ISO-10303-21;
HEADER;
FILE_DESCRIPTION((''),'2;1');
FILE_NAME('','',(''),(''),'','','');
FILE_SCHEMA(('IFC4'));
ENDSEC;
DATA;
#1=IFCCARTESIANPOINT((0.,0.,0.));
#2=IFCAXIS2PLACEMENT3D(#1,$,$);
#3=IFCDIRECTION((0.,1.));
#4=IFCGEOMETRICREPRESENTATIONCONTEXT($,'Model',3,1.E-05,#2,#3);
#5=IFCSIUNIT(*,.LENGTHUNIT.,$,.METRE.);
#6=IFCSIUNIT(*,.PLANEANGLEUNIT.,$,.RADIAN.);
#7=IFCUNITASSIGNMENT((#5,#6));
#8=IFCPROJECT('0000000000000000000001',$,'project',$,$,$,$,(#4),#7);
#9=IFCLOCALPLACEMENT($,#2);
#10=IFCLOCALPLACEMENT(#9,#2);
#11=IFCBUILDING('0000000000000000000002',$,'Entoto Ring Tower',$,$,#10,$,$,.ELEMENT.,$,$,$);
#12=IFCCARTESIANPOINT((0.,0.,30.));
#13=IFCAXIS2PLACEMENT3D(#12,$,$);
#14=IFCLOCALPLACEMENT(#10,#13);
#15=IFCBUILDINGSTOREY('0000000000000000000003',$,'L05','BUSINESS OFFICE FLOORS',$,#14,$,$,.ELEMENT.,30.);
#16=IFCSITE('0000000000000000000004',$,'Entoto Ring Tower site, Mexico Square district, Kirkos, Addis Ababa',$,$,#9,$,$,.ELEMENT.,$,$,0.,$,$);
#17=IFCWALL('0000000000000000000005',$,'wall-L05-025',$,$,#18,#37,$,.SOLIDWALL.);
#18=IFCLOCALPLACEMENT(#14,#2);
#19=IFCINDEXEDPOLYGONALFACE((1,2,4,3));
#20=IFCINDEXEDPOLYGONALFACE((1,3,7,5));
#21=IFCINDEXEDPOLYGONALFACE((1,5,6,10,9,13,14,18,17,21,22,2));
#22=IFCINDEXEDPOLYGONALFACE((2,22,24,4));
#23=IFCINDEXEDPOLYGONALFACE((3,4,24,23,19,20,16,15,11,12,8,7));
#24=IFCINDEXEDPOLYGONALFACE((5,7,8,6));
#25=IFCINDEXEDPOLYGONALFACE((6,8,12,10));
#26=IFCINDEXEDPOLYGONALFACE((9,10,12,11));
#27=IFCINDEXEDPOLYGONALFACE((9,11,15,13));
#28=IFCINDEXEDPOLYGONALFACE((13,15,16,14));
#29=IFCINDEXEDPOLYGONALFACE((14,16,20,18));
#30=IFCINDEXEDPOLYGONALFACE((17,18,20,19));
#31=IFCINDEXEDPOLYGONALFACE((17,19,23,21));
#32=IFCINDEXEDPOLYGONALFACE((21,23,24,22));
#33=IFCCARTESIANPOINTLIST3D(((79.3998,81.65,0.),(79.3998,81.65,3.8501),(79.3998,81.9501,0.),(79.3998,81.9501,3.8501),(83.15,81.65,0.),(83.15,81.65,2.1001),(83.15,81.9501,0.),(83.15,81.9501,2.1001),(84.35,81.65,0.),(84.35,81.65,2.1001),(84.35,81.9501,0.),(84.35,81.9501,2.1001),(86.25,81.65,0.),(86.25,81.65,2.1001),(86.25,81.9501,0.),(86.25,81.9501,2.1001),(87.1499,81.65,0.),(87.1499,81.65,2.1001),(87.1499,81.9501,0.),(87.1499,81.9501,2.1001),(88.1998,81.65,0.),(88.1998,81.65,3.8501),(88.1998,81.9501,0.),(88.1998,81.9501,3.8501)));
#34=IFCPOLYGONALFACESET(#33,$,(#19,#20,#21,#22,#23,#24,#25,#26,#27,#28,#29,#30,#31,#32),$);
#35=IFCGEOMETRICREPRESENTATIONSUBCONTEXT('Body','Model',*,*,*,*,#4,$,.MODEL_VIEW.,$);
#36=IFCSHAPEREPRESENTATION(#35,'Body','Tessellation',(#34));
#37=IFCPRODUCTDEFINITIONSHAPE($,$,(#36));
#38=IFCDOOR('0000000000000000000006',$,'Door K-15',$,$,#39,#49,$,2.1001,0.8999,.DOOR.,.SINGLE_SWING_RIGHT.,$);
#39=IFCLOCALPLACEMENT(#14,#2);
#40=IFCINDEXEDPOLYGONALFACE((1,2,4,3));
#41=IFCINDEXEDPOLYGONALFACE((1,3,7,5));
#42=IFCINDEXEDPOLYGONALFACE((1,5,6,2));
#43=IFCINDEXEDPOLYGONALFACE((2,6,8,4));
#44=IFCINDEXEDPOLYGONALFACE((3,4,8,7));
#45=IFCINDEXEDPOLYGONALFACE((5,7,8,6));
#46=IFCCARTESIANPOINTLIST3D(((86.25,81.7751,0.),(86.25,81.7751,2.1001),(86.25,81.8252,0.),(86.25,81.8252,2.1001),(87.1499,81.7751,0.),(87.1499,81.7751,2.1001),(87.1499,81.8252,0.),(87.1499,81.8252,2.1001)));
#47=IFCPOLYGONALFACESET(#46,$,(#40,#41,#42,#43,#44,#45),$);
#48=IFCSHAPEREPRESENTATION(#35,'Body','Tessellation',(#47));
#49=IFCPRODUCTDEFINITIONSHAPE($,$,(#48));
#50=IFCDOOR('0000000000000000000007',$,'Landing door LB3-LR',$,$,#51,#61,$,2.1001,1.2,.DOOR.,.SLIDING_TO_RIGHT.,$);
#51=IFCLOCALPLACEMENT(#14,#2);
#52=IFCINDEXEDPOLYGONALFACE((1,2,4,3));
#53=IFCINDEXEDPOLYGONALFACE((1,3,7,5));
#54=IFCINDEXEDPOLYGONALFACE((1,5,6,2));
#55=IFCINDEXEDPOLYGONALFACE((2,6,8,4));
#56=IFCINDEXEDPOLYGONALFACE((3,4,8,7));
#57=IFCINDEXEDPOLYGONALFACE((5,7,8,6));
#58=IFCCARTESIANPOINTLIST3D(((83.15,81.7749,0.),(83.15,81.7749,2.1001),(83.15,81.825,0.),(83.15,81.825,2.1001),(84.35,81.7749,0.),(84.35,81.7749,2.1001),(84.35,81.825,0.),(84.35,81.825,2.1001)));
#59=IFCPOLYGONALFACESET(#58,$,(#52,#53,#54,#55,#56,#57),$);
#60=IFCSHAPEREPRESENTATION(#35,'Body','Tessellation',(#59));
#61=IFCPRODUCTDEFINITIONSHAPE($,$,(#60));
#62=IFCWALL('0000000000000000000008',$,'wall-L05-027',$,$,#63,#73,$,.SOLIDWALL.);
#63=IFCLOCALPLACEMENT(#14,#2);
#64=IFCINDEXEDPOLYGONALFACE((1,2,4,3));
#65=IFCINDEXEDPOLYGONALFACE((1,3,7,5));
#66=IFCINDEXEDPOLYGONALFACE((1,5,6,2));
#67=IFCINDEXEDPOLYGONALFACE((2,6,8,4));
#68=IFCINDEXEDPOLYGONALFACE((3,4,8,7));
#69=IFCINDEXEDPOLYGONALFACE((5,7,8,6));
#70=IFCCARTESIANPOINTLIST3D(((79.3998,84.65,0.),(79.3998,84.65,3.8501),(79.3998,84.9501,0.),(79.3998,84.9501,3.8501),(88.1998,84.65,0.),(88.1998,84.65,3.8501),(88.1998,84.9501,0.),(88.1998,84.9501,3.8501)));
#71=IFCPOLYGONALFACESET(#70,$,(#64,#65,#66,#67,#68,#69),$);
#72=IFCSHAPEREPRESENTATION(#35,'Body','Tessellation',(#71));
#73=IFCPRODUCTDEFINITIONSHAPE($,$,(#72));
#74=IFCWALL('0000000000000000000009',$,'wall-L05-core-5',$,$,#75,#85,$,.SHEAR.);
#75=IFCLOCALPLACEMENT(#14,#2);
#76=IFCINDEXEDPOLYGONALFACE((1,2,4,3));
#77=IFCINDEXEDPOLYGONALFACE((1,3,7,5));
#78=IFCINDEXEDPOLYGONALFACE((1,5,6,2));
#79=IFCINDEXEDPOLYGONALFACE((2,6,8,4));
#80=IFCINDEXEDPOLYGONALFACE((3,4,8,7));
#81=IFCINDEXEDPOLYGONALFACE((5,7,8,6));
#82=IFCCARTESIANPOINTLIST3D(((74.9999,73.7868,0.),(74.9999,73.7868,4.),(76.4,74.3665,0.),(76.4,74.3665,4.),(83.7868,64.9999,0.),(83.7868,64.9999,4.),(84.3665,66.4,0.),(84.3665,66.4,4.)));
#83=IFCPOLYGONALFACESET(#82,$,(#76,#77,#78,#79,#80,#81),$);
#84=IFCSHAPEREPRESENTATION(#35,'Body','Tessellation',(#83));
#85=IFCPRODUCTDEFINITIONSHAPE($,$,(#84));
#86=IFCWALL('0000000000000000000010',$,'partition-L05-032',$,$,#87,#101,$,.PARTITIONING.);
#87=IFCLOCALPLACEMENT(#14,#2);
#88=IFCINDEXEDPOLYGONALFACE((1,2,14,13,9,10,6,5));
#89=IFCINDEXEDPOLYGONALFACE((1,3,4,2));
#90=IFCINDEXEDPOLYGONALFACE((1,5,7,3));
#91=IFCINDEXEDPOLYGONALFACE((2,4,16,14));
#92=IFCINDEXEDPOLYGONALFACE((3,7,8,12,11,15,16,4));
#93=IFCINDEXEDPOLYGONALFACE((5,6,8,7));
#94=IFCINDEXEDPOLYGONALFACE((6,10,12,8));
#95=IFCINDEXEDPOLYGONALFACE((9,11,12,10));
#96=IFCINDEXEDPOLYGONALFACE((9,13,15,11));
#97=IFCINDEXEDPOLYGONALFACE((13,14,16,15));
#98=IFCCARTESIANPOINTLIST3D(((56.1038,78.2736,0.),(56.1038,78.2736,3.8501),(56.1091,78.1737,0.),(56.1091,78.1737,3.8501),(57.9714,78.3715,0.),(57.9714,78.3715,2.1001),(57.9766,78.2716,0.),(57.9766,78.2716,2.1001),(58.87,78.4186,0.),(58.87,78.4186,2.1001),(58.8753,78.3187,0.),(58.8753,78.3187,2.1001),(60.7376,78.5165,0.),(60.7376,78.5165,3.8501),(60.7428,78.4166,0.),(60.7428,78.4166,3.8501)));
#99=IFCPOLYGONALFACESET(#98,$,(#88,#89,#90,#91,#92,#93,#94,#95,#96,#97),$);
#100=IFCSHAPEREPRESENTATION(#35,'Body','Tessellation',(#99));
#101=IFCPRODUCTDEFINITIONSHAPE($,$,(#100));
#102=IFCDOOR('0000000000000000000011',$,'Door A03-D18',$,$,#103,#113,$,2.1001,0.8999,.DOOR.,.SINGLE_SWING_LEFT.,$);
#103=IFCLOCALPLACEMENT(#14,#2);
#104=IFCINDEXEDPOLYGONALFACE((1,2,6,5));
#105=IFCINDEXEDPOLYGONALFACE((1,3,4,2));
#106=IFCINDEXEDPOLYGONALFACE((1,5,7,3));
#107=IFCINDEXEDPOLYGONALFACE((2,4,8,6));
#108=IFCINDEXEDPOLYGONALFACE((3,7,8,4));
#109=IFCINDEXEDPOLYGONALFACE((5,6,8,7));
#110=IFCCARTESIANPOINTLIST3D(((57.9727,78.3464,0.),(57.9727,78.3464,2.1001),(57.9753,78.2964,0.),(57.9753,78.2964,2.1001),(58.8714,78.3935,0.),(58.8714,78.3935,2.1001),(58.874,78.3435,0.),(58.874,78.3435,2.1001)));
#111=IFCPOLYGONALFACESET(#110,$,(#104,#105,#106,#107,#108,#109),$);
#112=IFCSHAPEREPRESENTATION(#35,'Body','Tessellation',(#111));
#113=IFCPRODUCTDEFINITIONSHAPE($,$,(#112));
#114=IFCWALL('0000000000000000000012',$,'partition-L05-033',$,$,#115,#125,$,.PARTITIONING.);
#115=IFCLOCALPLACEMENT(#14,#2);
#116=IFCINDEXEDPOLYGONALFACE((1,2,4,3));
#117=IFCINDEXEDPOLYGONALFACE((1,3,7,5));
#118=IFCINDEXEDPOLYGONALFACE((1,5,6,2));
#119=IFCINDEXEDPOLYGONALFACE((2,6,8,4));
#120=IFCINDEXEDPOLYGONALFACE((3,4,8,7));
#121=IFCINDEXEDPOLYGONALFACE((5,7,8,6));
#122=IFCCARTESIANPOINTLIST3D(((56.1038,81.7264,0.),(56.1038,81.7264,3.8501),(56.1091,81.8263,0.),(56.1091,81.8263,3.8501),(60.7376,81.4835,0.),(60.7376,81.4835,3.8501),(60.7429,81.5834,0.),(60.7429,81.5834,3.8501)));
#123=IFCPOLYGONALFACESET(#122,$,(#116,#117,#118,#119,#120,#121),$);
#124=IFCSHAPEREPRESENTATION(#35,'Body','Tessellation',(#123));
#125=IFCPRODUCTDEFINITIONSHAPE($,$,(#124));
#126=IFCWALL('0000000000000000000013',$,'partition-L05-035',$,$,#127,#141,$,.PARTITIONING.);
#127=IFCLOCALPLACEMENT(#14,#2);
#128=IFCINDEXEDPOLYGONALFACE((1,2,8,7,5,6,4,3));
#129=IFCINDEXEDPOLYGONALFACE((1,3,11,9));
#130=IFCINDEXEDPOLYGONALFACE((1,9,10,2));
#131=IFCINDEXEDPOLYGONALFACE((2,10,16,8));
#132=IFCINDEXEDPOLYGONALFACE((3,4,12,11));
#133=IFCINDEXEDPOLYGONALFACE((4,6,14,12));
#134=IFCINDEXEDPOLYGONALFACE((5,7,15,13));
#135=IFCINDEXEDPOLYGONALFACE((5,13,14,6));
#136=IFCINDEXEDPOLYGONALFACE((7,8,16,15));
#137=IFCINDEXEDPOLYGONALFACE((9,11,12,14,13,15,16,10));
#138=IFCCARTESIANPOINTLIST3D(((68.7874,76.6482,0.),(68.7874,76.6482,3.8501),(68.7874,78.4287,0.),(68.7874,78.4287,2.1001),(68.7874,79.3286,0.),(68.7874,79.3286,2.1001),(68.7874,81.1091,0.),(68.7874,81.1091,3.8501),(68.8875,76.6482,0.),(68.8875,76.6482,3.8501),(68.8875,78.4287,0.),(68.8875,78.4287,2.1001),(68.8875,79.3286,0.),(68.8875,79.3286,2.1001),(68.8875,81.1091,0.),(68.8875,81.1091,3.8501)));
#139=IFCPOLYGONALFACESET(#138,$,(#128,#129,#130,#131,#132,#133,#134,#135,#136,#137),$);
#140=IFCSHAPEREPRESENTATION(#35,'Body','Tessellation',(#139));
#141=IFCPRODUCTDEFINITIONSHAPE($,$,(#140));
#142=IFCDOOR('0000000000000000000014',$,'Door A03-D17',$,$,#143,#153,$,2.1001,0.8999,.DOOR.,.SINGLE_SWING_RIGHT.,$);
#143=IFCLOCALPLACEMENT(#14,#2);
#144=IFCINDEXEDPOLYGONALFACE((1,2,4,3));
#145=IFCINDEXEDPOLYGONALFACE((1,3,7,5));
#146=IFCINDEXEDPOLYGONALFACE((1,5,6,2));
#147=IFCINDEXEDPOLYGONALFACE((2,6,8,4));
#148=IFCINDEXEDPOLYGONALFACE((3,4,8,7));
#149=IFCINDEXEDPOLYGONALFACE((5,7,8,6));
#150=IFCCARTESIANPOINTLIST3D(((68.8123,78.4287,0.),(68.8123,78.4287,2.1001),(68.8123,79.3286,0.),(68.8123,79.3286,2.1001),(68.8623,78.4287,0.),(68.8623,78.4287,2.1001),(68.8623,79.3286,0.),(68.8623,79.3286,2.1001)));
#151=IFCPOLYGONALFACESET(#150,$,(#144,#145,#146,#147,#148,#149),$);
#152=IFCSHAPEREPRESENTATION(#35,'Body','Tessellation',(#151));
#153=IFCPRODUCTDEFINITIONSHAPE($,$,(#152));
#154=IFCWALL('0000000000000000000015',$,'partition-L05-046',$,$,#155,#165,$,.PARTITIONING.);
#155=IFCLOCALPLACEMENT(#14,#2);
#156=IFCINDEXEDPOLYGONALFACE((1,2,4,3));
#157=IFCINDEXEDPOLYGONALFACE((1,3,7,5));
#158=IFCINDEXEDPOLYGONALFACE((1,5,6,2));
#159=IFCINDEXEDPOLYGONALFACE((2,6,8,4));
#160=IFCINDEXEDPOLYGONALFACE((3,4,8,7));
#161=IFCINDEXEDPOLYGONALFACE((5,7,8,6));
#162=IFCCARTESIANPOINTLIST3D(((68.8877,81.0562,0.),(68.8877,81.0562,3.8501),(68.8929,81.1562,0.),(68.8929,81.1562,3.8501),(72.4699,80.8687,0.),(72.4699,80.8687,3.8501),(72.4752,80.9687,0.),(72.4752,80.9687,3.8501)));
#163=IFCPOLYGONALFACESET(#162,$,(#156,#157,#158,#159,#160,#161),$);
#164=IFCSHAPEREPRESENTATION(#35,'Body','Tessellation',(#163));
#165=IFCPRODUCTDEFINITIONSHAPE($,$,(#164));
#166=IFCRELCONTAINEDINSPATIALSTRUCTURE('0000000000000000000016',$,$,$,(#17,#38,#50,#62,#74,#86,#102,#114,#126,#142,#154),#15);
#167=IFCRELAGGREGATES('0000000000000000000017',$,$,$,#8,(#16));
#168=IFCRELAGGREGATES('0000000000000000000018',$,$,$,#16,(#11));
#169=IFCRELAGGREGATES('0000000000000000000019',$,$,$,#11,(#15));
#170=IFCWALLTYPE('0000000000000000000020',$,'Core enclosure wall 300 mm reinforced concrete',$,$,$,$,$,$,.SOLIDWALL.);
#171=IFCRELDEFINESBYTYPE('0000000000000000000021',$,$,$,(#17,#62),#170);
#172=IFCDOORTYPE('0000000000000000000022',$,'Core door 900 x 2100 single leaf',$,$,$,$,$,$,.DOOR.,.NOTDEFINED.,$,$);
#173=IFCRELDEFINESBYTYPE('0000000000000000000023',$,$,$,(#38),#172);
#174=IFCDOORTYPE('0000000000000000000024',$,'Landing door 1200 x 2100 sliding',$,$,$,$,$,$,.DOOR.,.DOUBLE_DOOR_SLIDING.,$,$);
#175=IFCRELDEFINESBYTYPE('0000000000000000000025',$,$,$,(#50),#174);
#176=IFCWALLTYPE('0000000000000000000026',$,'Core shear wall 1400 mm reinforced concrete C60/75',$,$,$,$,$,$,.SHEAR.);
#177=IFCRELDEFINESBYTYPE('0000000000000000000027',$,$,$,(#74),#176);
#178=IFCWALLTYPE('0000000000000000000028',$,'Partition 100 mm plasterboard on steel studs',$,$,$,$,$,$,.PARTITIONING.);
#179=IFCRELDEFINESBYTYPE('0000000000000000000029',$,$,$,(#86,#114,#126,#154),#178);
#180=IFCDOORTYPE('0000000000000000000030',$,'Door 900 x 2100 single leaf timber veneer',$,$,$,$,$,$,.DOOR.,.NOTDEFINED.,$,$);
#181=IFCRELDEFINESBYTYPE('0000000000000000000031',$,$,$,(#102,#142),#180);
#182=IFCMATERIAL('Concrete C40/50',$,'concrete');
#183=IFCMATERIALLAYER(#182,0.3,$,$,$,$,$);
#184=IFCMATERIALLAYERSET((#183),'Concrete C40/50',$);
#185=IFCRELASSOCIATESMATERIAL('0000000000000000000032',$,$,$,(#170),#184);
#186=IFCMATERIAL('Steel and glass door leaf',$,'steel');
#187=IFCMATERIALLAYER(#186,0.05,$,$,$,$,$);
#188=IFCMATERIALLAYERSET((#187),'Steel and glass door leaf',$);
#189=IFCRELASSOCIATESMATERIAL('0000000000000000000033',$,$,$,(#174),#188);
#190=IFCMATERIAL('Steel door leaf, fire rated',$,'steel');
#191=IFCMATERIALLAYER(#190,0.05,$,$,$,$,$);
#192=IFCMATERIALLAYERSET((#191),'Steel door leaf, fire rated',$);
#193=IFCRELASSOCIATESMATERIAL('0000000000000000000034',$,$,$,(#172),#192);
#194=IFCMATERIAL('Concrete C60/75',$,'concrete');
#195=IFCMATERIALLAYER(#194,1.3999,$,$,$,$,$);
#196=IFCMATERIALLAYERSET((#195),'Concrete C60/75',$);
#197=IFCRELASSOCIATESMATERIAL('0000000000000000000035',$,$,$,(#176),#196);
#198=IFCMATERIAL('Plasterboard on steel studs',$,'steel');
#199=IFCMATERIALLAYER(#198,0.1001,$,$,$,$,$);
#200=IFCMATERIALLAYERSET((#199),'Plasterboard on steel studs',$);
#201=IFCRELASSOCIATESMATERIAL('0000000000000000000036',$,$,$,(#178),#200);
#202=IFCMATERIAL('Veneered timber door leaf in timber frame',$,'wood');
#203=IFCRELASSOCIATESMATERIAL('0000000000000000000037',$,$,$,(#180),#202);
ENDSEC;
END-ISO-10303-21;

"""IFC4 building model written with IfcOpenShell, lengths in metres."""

from ifc_helpers import new_model, si_unit, direction, frame, frame_2d, origin, place, context, subcontext, project, spatial, polyline, rectangle, outline, extrude, material, layer, layer_set, type_object, element, fill, save


model = new_model("IFC4")

# Units and contexts
model_context = context("Model", 3, precision=1e-05, world=origin(), true_north=direction((0.0, 1.0)))
body_context = subcontext(model_context, "Body", "Model", "MODEL_VIEW")
ifc_project = project(units=[si_unit("LENGTHUNIT", "METRE"), si_unit("PLANEANGLEUNIT", "RADIAN")], contexts=[model_context])

# Site, building, storey
site_placement = place(None, origin())
site = spatial("IfcSite", under=ifc_project, at=site_placement, Name="Entoto Ring Tower site, Mexico Square district, Kirkos, Addis Ababa", CompositionType="ELEMENT", RefElevation=0.0)
building_placement = place(site_placement, origin())
building = spatial("IfcBuilding", under=site, at=building_placement, Name="Entoto Ring Tower", CompositionType="ELEMENT")
storey_placement = place(building_placement, frame((0.0, 0.0, 30.0)))
storey = spatial("IfcBuildingStorey", under=building, at=storey_placement, Name="L05", Description="BUSINESS OFFICE FLOORS", CompositionType="ELEMENT", Elevation=30.0)

# Shared definitions
ifc_material_1 = material(Name="Concrete C40/50", Category="concrete")
ifc_layer_1 = layer(ifc_material_1, 0.3)
ifc_layer_set_1 = layer_set([ifc_layer_1], Name="Concrete C40/50")
wall_type_1 = type_object("IfcWallType", Name="Core enclosure wall 300 mm reinforced concrete", PredefinedType="SOLIDWALL", material=ifc_layer_set_1)

# Shared definitions
ifc_material_2 = material(Name="Steel and glass door leaf", Category="steel")
ifc_layer_2 = layer(ifc_material_2, 0.05)
ifc_layer_set_2 = layer_set([ifc_layer_2], Name="Steel and glass door leaf")
door_type_1 = type_object("IfcDoorType", Name="Landing door 1200 x 2100 sliding", OperationType="DOUBLE_DOOR_SLIDING", PredefinedType="DOOR", material=ifc_layer_set_2)

# Wall, openings, doors
wall_1_placement = place(storey_placement, frame((79.3999, 81.8, 0.0), z_axis=(0.0, 0.0, 1.0), x_axis=(1.0, 0.0, 0.0)))
wall_1 = element("IfcWall", 1, at=wall_1_placement, inside=storey, type_object=wall_type_1, Name="wall-L05-025", PredefinedType="SOLIDWALL", context=body_context, shape_type="SweptSolid", body=[
    extrude(rectangle(XDim=8.8, YDim=0.3, at=frame_2d((4.3999, 0.0))), origin(), (0.0, 0.0, 1.0), 3.8501),
])
opening_1_placement = place(wall_1_placement, frame((3.75, 0.0, 0.0)))
opening_1 = element("IfcOpeningElement", 2, at=opening_1_placement, cuts=wall_1, PredefinedType="OPENING", context=body_context, shape_type="SweptSolid", body=[
    extrude(rectangle(XDim=1.2, YDim=2.1001, at=frame_2d((0.6001, 1.05))), frame((0.0, 0.1602, 0.0), z_axis=(0.0, -1.0, 0.0), x_axis=(1.0, 0.0, 0.0)), (0.0, 0.0, 1.0), 0.3201),
])
opening_2_placement = place(wall_1_placement, frame((6.8501, 0.0, 0.0)))
opening_2 = element("IfcOpeningElement", 3, at=opening_2_placement, cuts=wall_1, PredefinedType="OPENING", context=body_context, shape_type="SweptSolid", body=[
    extrude(rectangle(XDim=0.8999, YDim=2.1001, at=frame_2d((0.45, 1.05))), frame((0.0, 0.1602, 0.0), z_axis=(0.0, -1.0, 0.0), x_axis=(1.0, 0.0, 0.0)), (0.0, 0.0, 1.0), 0.3201),
])
ifc_material_3 = material(Name="Steel door leaf, fire rated", Category="steel")
ifc_layer_3 = layer(ifc_material_3, 0.05)
ifc_layer_set_3 = layer_set([ifc_layer_3], Name="Steel door leaf, fire rated")
door_type_2 = type_object("IfcDoorType", Name="Core door 900 x 2100 single leaf", OperationType="NOTDEFINED", PredefinedType="DOOR", material=ifc_layer_set_3)
door_1_placement = place(opening_2_placement, frame((0.8999, 0.0, 0.0), z_axis=(0.0, 0.0, 1.0), x_axis=(-1.0, 0.0, 0.0)))
door_1 = element("IfcDoor", 4, at=door_1_placement, inside=storey, type_object=door_type_2, Name="Door K-15", OperationType="SINGLE_SWING_RIGHT", OverallHeight=2.1001, OverallWidth=0.8999, PredefinedType="DOOR", context=body_context, shape_type="SweptSolid", body=[
    extrude(rectangle(XDim=0.8999, YDim=2.1001, at=frame_2d((0.45, 1.05))), frame((0.0, 0.0249, 0.0), z_axis=(0.0, -1.0, 0.0), x_axis=(1.0, 0.0, 0.0)), (0.0, 0.0, 1.0), 0.05),
])
fill(opening_2, door_1)
door_2_placement = place(opening_1_placement, origin())
door_2 = element("IfcDoor", 5, at=door_2_placement, inside=storey, type_object=door_type_1, Name="Landing door LB3-LR", OperationType="SLIDING_TO_RIGHT", OverallHeight=2.1001, OverallWidth=1.2, PredefinedType="DOOR", context=body_context, shape_type="SweptSolid", body=[
    extrude(rectangle(XDim=1.2, YDim=2.1001, at=frame_2d((0.6001, 1.05))), frame((0.0, 0.0249, 0.0), z_axis=(0.0, -1.0, 0.0), x_axis=(1.0, 0.0, 0.0)), (0.0, 0.0, 1.0), 0.05),
])
fill(opening_1, door_2)

# Walls
wall_2_placement = place(storey_placement, frame((79.3999, 84.8, 0.0), z_axis=(0.0, 0.0, 1.0), x_axis=(1.0, 0.0, 0.0)))
element("IfcWall", 6, at=wall_2_placement, inside=storey, type_object=wall_type_1, Name="wall-L05-027", PredefinedType="SOLIDWALL", context=body_context, shape_type="SweptSolid", body=[
    extrude(rectangle(XDim=8.8, YDim=0.3, at=frame_2d((4.3999, 0.0))), origin(), (0.0, 0.0, 1.0), 3.8501),
])
ifc_material_4 = material(Name="Concrete C60/75", Category="concrete")
ifc_layer_4 = layer(ifc_material_4, 1.3999)
ifc_layer_set_4 = layer_set([ifc_layer_4], Name="Concrete C60/75")
wall_type_2 = type_object("IfcWallType", Name="Core shear wall 1400 mm reinforced concrete C60/75", PredefinedType="SHEAR", material=ifc_layer_set_4)
wall_3_placement = place(storey_placement, frame((75.7, 74.0767, 0.0), z_axis=(0.0, 0.0, 1.0), x_axis=(0.707107, -0.707107, 0.0)))
element("IfcWall", 7, at=wall_3_placement, inside=storey, type_object=wall_type_2, Name="wall-L05-core-5", PredefinedType="SHEAR", context=body_context, shape_type="SweptSolid", body=[
    extrude(outline(polyline([(-0.29, -0.7), (12.1365, -0.7), (11.5564, 0.7), (0.29, 0.7), (-0.29, -0.7)])), origin(), (0.0, 0.0, 1.0), 4.0),
])

# Wall, opening, door
ifc_material_5 = material(Name="Plasterboard on steel studs", Category="steel")
ifc_layer_5 = layer(ifc_material_5, 0.1001)
ifc_layer_set_5 = layer_set([ifc_layer_5], Name="Plasterboard on steel studs")
wall_type_3 = type_object("IfcWallType", Name="Partition 100 mm plasterboard on steel studs", PredefinedType="PARTITIONING", material=ifc_layer_set_5)
wall_4_placement = place(storey_placement, frame((56.1064, 78.2236, 0.0), z_axis=(0.0, 0.0, 1.0), x_axis=(0.998629, 0.052352, 0.0)))
wall_4 = element("IfcWall", 8, at=wall_4_placement, inside=storey, type_object=wall_type_3, Name="partition-L05-032", PredefinedType="PARTITIONING", context=body_context, shape_type="SweptSolid", body=[
    extrude(rectangle(XDim=4.6401, YDim=0.1001, at=frame_2d((2.3201, 0.0))), origin(), (0.0, 0.0, 1.0), 3.8501),
])
opening_3_placement = place(wall_4_placement, frame((1.8701, 0.0, 0.0)))
opening_3 = element("IfcOpeningElement", 9, at=opening_3_placement, cuts=wall_4, PredefinedType="OPENING", context=body_context, shape_type="SweptSolid", body=[
    extrude(rectangle(XDim=0.8999, YDim=2.1001, at=frame_2d((0.45, 1.05))), frame((0.0, 0.0601, 0.0), z_axis=(0.0, -1.0, 0.0), x_axis=(1.0, 0.0, 0.0)), (0.0, 0.0, 1.0), 0.1201),
])
ifc_material_6 = material(Name="Veneered timber door leaf in timber frame", Category="wood")
door_type_3 = type_object("IfcDoorType", Name="Door 900 x 2100 single leaf timber veneer", OperationType="NOTDEFINED", PredefinedType="DOOR", material=ifc_material_6)
door_3_placement = place(opening_3_placement, origin())
door_3 = element("IfcDoor", 10, at=door_3_placement, inside=storey, type_object=door_type_3, Name="Door A03-D18", OperationType="SINGLE_SWING_LEFT", OverallHeight=2.1001, OverallWidth=0.8999, PredefinedType="DOOR", context=body_context, shape_type="SweptSolid", body=[
    extrude(rectangle(XDim=0.8999, YDim=2.1001, at=frame_2d((0.45, 1.05))), frame((0.0, 0.0249, 0.0), z_axis=(0.0, -1.0, 0.0), x_axis=(1.0, 0.0, 0.0)), (0.0, 0.0, 1.0), 0.05),
])
fill(opening_3, door_3)

# Wall
wall_5_placement = place(storey_placement, frame((60.7402, 81.5334, 0.0), z_axis=(0.0, 0.0, 1.0), x_axis=(-0.998629, 0.052352, 0.0)))
element("IfcWall", 11, at=wall_5_placement, inside=storey, type_object=wall_type_3, Name="partition-L05-033", PredefinedType="PARTITIONING", context=body_context, shape_type="SweptSolid", body=[
    extrude(rectangle(XDim=4.6401, YDim=0.1001, at=frame_2d((2.3201, 0.0))), origin(), (0.0, 0.0, 1.0), 3.8501),
])

# Wall, opening, door
wall_6_placement = place(storey_placement, frame((68.8374, 76.6482, 0.0), z_axis=(0.0, 0.0, 1.0), x_axis=(0.0, 1.0, 0.0)))
wall_6 = element("IfcWall", 12, at=wall_6_placement, inside=storey, type_object=wall_type_3, Name="partition-L05-035", PredefinedType="PARTITIONING", context=body_context, shape_type="SweptSolid", body=[
    extrude(rectangle(XDim=4.4609, YDim=0.1001, at=frame_2d((2.2305, 0.0))), origin(), (0.0, 0.0, 1.0), 3.8501),
])
opening_4_placement = place(wall_6_placement, frame((1.7805, 0.0, 0.0)))
opening_4 = element("IfcOpeningElement", 13, at=opening_4_placement, cuts=wall_6, PredefinedType="OPENING", context=body_context, shape_type="SweptSolid", body=[
    extrude(rectangle(XDim=0.8999, YDim=2.1001, at=frame_2d((0.45, 1.05))), frame((0.0, 0.0601, 0.0), z_axis=(0.0, -1.0, 0.0), x_axis=(1.0, 0.0, 0.0)), (0.0, 0.0, 1.0), 0.1201),
])
door_4_placement = place(opening_4_placement, frame((0.8999, 0.0, 0.0), z_axis=(0.0, 0.0, 1.0), x_axis=(-1.0, 0.0, 0.0)))
door_4 = element("IfcDoor", 14, at=door_4_placement, inside=storey, type_object=door_type_3, Name="Door A03-D17", OperationType="SINGLE_SWING_RIGHT", OverallHeight=2.1001, OverallWidth=0.8999, PredefinedType="DOOR", context=body_context, shape_type="SweptSolid", body=[
    extrude(rectangle(XDim=0.8999, YDim=2.1001, at=frame_2d((0.45, 1.05))), frame((0.0, 0.0249, 0.0), z_axis=(0.0, -1.0, 0.0), x_axis=(1.0, 0.0, 0.0)), (0.0, 0.0, 1.0), 0.05),
])
fill(opening_4, door_4)

# Wall
wall_7_placement = place(storey_placement, frame((72.4724, 80.9187, 0.0), z_axis=(0.0, 0.0, 1.0), x_axis=(-0.998633, 0.052269, 0.0)))
element("IfcWall", 15, at=wall_7_placement, inside=storey, type_object=wall_type_3, Name="partition-L05-046", PredefinedType="PARTITIONING", context=body_context, shape_type="SweptSolid", body=[
    extrude(rectangle(XDim=3.5872, YDim=0.1001, at=frame_2d((1.7935, 0.0))), origin(), (0.0, 0.0, 1.0), 3.8501),
])

save(model, "model.ifc")
